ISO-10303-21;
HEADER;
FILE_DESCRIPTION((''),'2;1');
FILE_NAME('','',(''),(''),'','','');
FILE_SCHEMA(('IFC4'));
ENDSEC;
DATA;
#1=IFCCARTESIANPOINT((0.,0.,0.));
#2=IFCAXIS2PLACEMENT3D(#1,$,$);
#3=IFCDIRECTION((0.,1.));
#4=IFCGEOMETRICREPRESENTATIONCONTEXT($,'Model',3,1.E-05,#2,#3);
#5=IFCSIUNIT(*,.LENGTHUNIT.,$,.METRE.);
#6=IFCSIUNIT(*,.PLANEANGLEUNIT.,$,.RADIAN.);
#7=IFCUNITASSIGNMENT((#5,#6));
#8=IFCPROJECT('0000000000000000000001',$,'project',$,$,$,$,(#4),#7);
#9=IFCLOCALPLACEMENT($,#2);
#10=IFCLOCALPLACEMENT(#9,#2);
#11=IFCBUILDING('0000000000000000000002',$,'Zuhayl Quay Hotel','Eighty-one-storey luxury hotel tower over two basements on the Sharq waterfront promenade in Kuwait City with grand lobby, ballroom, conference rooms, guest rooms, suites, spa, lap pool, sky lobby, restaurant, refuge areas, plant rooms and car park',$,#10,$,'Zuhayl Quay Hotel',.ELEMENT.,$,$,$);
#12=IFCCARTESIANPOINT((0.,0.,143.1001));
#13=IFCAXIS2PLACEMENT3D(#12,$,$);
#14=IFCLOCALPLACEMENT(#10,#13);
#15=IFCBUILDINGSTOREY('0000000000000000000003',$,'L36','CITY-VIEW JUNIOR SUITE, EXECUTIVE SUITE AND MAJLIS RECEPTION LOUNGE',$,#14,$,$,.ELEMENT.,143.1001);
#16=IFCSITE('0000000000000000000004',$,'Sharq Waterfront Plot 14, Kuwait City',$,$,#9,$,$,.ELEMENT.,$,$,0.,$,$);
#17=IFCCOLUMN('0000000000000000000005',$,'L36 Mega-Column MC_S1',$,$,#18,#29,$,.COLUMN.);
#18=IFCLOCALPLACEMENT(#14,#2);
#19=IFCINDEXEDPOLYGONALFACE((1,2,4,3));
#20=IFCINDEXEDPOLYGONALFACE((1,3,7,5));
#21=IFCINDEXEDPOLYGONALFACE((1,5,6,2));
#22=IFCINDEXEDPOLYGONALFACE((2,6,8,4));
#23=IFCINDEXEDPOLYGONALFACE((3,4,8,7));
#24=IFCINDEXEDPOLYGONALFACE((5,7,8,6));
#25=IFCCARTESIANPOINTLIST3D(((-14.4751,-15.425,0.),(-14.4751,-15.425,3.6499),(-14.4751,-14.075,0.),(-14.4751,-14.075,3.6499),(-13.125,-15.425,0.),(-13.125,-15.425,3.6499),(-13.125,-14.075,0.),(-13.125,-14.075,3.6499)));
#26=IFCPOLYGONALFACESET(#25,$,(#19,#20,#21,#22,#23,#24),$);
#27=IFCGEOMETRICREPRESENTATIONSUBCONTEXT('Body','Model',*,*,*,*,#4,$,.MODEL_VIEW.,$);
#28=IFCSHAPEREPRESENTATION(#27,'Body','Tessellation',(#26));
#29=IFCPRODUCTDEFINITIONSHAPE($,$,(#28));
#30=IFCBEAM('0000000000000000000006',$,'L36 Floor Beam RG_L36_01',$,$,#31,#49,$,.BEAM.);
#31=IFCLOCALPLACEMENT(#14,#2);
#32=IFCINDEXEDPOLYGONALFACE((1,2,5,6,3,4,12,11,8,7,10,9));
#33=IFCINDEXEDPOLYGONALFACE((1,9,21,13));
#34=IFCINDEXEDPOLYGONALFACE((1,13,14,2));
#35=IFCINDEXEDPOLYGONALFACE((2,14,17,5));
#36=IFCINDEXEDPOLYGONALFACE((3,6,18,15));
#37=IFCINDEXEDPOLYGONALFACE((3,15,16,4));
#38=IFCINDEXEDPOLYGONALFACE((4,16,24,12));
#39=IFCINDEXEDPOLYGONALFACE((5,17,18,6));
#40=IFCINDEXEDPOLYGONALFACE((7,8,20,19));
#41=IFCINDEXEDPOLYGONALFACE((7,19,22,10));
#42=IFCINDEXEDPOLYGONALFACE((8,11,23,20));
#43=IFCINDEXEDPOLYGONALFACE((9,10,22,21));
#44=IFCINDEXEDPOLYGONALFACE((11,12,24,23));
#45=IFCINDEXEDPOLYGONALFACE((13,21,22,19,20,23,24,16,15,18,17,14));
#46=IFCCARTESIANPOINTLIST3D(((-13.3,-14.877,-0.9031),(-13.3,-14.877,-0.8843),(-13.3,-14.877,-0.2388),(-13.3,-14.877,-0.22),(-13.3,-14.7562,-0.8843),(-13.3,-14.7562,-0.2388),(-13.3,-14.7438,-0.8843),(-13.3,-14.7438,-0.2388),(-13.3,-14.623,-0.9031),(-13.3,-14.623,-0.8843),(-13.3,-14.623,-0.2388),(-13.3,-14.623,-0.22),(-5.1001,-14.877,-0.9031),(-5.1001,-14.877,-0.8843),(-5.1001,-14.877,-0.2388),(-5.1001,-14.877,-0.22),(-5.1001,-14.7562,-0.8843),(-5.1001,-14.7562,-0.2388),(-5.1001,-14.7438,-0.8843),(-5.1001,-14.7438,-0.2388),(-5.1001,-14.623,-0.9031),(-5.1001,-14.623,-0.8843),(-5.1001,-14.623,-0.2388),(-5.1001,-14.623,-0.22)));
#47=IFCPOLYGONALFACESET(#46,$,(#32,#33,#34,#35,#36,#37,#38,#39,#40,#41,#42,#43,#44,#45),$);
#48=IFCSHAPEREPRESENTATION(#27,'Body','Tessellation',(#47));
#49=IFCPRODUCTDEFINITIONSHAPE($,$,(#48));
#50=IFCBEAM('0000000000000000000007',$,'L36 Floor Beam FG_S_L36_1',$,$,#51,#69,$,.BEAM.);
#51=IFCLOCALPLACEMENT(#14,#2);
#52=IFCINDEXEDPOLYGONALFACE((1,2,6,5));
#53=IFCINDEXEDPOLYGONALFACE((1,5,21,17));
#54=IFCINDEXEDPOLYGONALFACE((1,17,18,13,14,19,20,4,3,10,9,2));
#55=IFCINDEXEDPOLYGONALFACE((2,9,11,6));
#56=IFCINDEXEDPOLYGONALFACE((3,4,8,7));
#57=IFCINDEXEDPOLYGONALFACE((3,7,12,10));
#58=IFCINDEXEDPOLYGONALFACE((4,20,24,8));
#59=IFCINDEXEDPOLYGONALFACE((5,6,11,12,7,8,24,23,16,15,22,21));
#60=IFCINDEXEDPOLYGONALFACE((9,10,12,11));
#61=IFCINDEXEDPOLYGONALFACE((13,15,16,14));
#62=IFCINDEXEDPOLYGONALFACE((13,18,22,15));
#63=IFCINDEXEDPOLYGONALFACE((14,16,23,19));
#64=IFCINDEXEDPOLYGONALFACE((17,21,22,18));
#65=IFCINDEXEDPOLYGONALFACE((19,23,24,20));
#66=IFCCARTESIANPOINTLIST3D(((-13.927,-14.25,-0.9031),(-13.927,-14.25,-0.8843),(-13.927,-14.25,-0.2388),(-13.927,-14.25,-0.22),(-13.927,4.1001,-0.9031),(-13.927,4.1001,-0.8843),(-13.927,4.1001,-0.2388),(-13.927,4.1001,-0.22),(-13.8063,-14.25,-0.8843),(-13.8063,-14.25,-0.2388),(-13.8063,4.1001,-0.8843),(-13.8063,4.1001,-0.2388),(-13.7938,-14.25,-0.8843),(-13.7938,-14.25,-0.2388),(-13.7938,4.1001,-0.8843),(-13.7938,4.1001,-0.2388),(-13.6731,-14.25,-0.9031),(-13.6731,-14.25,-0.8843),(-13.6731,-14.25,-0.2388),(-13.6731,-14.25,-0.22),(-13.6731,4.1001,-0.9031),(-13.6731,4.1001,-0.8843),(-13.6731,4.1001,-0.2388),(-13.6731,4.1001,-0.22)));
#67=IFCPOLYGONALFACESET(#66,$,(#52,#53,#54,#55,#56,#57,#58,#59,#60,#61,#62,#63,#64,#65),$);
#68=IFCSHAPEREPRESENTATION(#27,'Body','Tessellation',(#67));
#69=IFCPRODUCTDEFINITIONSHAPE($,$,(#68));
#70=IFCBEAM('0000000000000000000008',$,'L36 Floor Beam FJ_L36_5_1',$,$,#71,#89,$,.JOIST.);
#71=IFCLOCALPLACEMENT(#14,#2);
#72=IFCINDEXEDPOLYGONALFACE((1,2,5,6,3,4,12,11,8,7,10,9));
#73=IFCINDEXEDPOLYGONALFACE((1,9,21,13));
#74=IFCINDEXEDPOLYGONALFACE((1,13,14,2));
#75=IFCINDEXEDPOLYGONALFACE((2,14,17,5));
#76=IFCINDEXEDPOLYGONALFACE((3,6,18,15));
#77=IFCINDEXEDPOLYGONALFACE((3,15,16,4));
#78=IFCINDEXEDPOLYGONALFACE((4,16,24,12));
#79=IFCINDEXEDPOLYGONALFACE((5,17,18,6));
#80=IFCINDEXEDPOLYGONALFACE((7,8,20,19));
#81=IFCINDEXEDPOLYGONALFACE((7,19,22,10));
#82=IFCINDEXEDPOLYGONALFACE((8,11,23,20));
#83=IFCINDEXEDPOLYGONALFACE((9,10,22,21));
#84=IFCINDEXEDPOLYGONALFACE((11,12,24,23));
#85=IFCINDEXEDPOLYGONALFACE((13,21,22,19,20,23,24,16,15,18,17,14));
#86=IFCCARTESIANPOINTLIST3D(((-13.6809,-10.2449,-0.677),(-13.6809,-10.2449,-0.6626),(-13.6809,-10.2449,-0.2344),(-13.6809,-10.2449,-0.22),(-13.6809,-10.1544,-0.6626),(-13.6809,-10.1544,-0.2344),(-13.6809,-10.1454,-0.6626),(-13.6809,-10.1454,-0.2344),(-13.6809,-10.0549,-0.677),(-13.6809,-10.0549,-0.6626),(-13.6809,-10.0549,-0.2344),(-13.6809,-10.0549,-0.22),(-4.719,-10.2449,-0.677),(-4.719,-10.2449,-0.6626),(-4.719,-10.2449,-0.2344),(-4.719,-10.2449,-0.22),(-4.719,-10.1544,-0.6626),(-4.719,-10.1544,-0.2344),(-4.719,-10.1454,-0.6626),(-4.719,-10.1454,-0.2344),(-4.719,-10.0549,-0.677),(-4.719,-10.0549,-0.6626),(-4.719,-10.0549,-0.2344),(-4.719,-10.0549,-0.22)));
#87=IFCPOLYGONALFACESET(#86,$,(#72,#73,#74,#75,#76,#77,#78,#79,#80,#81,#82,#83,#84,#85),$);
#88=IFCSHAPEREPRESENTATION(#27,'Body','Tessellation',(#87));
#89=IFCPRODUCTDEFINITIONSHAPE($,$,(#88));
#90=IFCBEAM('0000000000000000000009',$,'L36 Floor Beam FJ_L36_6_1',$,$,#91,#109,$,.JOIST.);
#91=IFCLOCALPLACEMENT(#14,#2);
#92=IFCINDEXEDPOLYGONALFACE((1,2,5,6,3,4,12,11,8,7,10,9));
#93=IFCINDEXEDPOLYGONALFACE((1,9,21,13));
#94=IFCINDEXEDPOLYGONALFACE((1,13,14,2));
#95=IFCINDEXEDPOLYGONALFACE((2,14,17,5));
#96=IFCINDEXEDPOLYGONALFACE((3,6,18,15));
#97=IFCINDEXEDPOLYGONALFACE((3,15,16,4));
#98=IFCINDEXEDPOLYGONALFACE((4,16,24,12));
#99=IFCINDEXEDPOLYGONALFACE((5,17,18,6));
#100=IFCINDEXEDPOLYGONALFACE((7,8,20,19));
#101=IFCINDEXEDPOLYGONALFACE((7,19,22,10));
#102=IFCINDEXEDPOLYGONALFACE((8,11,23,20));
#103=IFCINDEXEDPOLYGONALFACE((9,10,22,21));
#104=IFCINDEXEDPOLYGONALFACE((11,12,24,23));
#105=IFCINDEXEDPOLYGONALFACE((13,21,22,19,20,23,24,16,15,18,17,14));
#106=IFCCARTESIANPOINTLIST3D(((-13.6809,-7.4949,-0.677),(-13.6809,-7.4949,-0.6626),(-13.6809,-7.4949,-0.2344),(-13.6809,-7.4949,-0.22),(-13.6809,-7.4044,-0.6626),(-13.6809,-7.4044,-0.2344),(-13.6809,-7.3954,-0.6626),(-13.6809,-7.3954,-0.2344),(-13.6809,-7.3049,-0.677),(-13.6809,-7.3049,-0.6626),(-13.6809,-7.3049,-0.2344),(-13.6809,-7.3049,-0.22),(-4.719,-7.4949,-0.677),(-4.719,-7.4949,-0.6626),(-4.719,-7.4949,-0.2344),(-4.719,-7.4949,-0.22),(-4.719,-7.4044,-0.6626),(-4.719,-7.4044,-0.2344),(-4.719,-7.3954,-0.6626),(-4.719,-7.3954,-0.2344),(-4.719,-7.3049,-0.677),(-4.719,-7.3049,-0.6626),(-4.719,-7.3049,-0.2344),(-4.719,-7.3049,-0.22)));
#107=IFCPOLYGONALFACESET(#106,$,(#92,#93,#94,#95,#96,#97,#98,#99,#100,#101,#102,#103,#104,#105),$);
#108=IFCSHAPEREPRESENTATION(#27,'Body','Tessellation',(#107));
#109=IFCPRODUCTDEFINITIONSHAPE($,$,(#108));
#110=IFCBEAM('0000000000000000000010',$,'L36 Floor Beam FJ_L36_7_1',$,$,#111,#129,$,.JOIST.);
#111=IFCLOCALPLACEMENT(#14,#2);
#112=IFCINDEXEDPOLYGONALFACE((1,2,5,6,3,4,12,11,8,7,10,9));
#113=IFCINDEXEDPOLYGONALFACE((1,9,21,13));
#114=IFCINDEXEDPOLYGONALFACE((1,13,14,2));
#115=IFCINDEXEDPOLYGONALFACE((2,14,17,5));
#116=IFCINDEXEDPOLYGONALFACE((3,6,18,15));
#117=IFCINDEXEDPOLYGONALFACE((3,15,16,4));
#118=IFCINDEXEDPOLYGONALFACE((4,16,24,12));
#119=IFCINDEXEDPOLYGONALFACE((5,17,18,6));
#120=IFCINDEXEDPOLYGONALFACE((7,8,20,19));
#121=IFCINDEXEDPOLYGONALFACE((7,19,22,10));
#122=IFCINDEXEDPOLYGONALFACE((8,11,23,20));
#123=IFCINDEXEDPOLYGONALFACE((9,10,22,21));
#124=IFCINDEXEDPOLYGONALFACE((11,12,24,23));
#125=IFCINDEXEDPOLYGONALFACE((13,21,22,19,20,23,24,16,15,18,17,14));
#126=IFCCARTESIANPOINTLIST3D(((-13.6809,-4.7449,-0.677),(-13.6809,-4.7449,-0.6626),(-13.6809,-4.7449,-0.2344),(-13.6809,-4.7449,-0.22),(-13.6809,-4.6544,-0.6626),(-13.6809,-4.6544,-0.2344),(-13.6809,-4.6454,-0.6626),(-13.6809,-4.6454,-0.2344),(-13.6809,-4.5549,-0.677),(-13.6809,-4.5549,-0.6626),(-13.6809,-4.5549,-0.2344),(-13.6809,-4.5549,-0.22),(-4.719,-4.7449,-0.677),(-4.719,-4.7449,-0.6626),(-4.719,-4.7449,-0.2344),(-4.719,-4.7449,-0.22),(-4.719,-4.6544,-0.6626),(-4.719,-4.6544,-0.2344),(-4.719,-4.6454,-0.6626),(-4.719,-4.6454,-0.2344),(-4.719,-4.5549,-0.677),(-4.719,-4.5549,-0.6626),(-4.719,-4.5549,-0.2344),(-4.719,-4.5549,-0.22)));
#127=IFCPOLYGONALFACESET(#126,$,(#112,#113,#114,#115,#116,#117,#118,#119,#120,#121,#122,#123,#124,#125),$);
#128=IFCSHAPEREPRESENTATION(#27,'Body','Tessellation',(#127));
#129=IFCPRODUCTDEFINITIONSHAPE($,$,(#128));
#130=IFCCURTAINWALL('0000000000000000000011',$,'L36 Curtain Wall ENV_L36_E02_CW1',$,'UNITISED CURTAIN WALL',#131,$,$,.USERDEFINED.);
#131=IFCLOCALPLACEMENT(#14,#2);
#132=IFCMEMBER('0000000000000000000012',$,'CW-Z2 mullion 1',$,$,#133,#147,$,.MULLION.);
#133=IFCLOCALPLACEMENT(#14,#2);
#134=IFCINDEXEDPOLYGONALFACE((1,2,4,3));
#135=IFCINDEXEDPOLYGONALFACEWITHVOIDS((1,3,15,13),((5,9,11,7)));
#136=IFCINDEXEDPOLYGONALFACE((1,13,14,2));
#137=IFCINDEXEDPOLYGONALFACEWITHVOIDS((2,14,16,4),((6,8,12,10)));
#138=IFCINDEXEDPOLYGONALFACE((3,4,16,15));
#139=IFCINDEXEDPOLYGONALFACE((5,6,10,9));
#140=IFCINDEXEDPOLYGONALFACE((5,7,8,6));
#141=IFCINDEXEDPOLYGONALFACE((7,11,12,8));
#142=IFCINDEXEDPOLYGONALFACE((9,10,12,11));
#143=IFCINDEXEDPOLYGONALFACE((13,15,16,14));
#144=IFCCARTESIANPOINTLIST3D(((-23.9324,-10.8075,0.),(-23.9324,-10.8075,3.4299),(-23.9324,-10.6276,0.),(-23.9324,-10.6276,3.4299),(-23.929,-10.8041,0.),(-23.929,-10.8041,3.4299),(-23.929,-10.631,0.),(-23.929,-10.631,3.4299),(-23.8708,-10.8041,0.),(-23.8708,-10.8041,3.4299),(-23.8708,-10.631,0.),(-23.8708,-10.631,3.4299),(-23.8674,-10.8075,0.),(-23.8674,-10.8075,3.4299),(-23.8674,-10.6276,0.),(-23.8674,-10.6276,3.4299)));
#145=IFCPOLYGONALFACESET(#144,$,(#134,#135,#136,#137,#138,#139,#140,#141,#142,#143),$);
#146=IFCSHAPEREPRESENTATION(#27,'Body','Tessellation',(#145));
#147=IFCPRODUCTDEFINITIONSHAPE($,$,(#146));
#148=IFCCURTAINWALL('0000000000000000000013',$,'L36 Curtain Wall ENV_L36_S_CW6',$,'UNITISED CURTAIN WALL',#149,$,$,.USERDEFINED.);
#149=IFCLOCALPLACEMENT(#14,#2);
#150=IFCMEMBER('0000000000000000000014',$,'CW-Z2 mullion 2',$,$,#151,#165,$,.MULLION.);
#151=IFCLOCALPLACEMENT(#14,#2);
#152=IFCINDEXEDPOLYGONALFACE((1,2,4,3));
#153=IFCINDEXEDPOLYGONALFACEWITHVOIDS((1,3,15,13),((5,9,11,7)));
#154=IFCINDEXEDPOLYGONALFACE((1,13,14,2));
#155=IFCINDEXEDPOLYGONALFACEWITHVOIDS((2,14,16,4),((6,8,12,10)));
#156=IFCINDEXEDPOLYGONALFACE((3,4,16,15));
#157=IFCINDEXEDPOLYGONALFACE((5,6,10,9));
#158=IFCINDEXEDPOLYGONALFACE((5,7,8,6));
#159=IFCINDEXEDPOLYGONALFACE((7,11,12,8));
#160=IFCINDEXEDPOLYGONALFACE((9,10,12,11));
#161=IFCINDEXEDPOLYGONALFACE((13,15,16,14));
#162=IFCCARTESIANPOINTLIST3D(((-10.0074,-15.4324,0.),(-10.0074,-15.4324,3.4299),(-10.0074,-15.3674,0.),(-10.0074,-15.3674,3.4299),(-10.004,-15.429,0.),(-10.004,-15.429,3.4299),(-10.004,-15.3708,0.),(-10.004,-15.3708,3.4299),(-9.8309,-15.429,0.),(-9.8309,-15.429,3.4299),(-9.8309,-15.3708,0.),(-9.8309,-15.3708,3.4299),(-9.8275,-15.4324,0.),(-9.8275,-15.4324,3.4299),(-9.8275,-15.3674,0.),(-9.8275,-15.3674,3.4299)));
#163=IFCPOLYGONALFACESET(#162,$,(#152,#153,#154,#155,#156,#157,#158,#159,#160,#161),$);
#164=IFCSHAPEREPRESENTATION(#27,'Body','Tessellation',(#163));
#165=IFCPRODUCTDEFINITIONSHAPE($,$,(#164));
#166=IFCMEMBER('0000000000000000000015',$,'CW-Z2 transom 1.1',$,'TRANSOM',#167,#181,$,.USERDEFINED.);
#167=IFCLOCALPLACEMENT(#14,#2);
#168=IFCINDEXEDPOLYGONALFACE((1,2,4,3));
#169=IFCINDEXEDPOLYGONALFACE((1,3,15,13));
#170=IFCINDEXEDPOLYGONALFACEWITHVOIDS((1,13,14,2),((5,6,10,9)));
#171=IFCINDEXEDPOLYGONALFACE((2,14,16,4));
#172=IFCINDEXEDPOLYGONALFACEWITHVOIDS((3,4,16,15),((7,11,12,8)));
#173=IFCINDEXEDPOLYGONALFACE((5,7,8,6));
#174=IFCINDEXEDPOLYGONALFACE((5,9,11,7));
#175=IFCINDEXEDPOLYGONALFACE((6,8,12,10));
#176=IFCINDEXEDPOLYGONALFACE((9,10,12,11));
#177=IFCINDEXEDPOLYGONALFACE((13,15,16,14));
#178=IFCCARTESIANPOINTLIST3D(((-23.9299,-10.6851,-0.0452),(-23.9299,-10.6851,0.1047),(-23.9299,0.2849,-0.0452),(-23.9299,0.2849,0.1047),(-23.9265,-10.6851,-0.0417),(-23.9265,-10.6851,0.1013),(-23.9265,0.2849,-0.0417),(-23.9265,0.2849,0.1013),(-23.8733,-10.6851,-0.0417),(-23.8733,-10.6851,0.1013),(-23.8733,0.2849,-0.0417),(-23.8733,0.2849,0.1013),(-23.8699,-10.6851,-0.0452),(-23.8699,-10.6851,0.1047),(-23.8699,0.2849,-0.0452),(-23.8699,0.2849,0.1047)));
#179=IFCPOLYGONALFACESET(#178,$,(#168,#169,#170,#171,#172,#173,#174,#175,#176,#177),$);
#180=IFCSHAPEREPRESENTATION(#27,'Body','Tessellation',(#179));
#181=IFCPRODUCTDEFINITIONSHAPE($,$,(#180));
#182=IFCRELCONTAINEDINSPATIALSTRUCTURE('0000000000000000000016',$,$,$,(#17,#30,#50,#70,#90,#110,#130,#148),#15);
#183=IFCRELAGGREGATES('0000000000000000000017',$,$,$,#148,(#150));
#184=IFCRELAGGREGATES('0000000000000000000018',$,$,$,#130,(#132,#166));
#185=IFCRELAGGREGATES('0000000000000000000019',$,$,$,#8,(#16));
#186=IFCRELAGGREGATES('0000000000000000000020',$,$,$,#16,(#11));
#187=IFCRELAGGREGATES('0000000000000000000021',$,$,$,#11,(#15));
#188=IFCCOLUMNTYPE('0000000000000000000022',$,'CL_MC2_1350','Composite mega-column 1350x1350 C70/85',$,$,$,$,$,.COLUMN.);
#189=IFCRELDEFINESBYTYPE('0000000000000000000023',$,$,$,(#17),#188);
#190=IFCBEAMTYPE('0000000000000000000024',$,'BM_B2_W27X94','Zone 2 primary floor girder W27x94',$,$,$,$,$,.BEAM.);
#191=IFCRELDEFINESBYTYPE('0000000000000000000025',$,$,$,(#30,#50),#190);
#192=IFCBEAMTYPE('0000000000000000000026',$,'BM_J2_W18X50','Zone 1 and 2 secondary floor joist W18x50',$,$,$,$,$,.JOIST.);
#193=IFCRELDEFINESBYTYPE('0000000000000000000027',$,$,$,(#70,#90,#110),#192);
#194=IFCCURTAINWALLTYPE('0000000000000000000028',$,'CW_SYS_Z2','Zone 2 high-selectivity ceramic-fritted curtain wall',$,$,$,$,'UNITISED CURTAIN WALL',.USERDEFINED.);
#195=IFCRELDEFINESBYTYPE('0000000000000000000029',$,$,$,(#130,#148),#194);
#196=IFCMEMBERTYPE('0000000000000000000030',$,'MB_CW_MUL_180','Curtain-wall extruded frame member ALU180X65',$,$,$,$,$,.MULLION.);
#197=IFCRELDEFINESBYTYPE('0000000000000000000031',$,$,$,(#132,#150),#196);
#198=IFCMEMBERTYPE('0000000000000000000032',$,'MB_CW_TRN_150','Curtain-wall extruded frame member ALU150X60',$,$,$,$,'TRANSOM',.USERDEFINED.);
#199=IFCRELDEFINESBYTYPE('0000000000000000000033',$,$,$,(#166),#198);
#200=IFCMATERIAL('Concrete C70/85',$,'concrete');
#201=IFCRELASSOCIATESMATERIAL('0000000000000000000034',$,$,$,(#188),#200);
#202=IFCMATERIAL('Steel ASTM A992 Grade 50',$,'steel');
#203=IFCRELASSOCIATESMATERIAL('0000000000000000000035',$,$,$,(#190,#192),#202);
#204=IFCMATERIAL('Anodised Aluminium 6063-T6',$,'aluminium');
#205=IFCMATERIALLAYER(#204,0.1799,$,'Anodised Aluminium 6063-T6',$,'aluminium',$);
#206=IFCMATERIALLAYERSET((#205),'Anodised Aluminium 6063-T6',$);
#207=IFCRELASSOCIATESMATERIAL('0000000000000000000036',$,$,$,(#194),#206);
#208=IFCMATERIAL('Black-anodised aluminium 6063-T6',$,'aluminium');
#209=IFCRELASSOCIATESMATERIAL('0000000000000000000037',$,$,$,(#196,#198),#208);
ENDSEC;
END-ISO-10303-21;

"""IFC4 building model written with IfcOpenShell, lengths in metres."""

from ifc_helpers import new_model, si_unit, direction, frame, origin, origin_2d, place, context, subcontext, project, spatial, rectangle, hollow_rectangle, i_section, extrude, material, layer, layer_set, material_profile, profile_set, type_object, element, aggregate, save


model = new_model("IFC4")

# Units and contexts
model_context = context("Model", 3, precision=1e-05, world=origin(), true_north=direction((0.0, 1.0)))
body_context = subcontext(model_context, "Body", "Model", "MODEL_VIEW")
ifc_project = project(units=[si_unit("LENGTHUNIT", "METRE"), si_unit("PLANEANGLEUNIT", "RADIAN")], contexts=[model_context])

# Site, building, storey
site_placement = place(None, origin())
site = spatial("IfcSite", under=ifc_project, at=site_placement, Name="Sharq Waterfront Plot 14, Kuwait City", CompositionType="ELEMENT", RefElevation=0.0)
building_placement = place(site_placement, origin())
building = spatial("IfcBuilding", under=site, at=building_placement, Name="Zuhayl Quay Hotel", Description="Eighty-one-storey luxury hotel tower over two basements on the Sharq waterfront promenade in Kuwait City with grand lobby, ballroom, conference rooms, guest rooms, suites, spa, lap pool, sky lobby, restaurant, refuge areas, plant rooms and car park", LongName="Zuhayl Quay Hotel", CompositionType="ELEMENT")
storey_placement = place(building_placement, frame((0.0, 0.0, 143.1001)))
storey = spatial("IfcBuildingStorey", under=building, at=storey_placement, Name="L36", Description="CITY-VIEW JUNIOR SUITE, EXECUTIVE SUITE AND MAJLIS RECEPTION LOUNGE", CompositionType="ELEMENT", Elevation=143.1001)

# Column
ifc_material_1 = material(Name="Concrete C70/85", Category="concrete")
ifc_material_profile_1 = material_profile(ifc_material_1, rectangle(XDim=1.3501, YDim=1.3501, at=origin_2d()), Name="RC1350X1350")
ifc_profile_set_1 = profile_set([ifc_material_profile_1], Name="Concrete C70/85")
column_type = type_object("IfcColumnType", Name="CL_MC2_1350", Description="Composite mega-column 1350x1350 C70/85", PredefinedType="COLUMN", material=ifc_profile_set_1)
column_placement = place(storey_placement, frame((-13.8, -14.75, 0.0), z_axis=(0.0, 0.0, 1.0), x_axis=(1.0, 0.0, 0.0)))
element("IfcColumn", 1, at=column_placement, inside=storey, type_object=column_type, Name="L36 Mega-Column MC_S1", PredefinedType="COLUMN", context=body_context, shape_type="SweptSolid", body=[
    extrude(rectangle(XDim=1.3501, YDim=1.3501, at=origin_2d()), origin(), (0.0, 0.0, 1.0), 3.6499),
])

# Beams
ifc_material_2 = material(Name="Steel ASTM A992 Grade 50", Category="steel")
ifc_material_profile_2 = material_profile(ifc_material_2, i_section(OverallWidth=0.2539, OverallDepth=0.6831, WebThickness=0.0125, FlangeThickness=0.0188, at=origin_2d()), Name="W27X94")
ifc_profile_set_2 = profile_set([ifc_material_profile_2], Name="Steel ASTM A992 Grade 50")
beam_type_1 = type_object("IfcBeamType", Name="BM_B2_W27X94", Description="Zone 2 primary floor girder W27x94", PredefinedType="BEAM", material=ifc_profile_set_2)
beam_1_placement = place(storey_placement, frame((-13.3, -14.75, -0.5615), z_axis=(1.0, 0.0, 0.0), x_axis=(0.0, 1.0, 0.0)))
element("IfcBeam", 2, at=beam_1_placement, inside=storey, type_object=beam_type_1, Name="L36 Floor Beam RG_L36_01", PredefinedType="BEAM", context=body_context, shape_type="SweptSolid", body=[
    extrude(i_section(OverallWidth=0.2539, OverallDepth=0.6831, WebThickness=0.0125, FlangeThickness=0.0188, at=origin_2d()), origin(), (0.0, 0.0, 1.0), 8.2),
])
beam_2_placement = place(storey_placement, frame((-13.8, -14.25, -0.5615), z_axis=(0.0, 1.0, 0.0), x_axis=(-1.0, 0.0, 0.0)))
element("IfcBeam", 3, at=beam_2_placement, inside=storey, type_object=beam_type_1, Name="L36 Floor Beam FG_S_L36_1", PredefinedType="BEAM", context=body_context, shape_type="SweptSolid", body=[
    extrude(i_section(OverallWidth=0.2539, OverallDepth=0.6831, WebThickness=0.0125, FlangeThickness=0.0188, at=origin_2d()), origin(), (0.0, 0.0, 1.0), 18.3501),
])
ifc_material_profile_3 = material_profile(ifc_material_2, i_section(OverallWidth=0.1899, OverallDepth=0.457, WebThickness=0.009, FlangeThickness=0.0144, at=origin_2d()), Name="W18X50")
ifc_profile_set_3 = profile_set([ifc_material_profile_3], Name="Steel ASTM A992 Grade 50")
beam_type_2 = type_object("IfcBeamType", Name="BM_J2_W18X50", Description="Zone 1 and 2 secondary floor joist W18x50", PredefinedType="JOIST", material=ifc_profile_set_3)
for number, where, z_axis, x_axis, name in (
    (4, (-13.6809, -10.1499, -0.4485), (1.0, 0.0, 0.0), (0.0, 1.0, 0.0), "L36 Floor Beam FJ_L36_5_1"),
    (5, (-13.6809, -7.3999, -0.4485), (1.0, 0.0, 0.0), (0.0, 1.0, 0.0), "L36 Floor Beam FJ_L36_6_1"),
    (6, (-13.6809, -4.6499, -0.4485), (1.0, 0.0, 0.0), (0.0, 1.0, 0.0), "L36 Floor Beam FJ_L36_7_1"),
):
    element("IfcBeam", number, at=place(storey_placement, frame(where, z_axis=z_axis, x_axis=x_axis)), inside=storey, type_object=beam_type_2, Name=name, PredefinedType="JOIST", context=body_context, shape_type="SweptSolid", body=[
        extrude(i_section(OverallWidth=0.1899, OverallDepth=0.457, WebThickness=0.009, FlangeThickness=0.0144, at=origin_2d()), origin(), (0.0, 0.0, 1.0), 8.9619),
    ])

# Curtain walls, members
ifc_material_3 = material(Name="Anodised Aluminium 6063-T6", Category="aluminium")
ifc_layer_1 = layer(ifc_material_3, 0.1799, Name="Anodised Aluminium 6063-T6", Category="aluminium")
ifc_layer_set_1 = layer_set([ifc_layer_1], Name="Anodised Aluminium 6063-T6")
curtain_wall_type = type_object("IfcCurtainWallType", Name="CW_SYS_Z2", Description="Zone 2 high-selectivity ceramic-fritted curtain wall", ElementType="UNITISED CURTAIN WALL", PredefinedType="USERDEFINED", material=ifc_layer_set_1)
curtain_wall_1_placement = place(storey_placement, origin())
curtain_wall_1 = element("IfcCurtainWall", 7, at=curtain_wall_1_placement, inside=storey, type_object=curtain_wall_type, Name="L36 Curtain Wall ENV_L36_E02_CW1", ObjectType="UNITISED CURTAIN WALL", PredefinedType="USERDEFINED")
ifc_material_4 = material(Name="Black-anodised aluminium 6063-T6", Category="aluminium")
ifc_material_profile_4 = material_profile(ifc_material_4, hollow_rectangle(XDim=0.0649, YDim=0.1799, WallThickness=0.0034, at=origin_2d()), Name="ALU180X65")
ifc_profile_set_4 = profile_set([ifc_material_profile_4], Name="Black-anodised aluminium 6063-T6")
member_type_1 = type_object("IfcMemberType", Name="MB_CW_MUL_180", Description="Curtain-wall extruded frame member ALU180X65", PredefinedType="MULLION", material=ifc_profile_set_4)
member_1_placement = place(storey_placement, frame((-23.8999, -10.7175, 0.0), z_axis=(0.0, 0.0, 1.0), x_axis=(-1.0, 0.0, 0.0)))
member_1 = element("IfcMember", 8, at=member_1_placement, type_object=member_type_1, Name="CW-Z2 mullion 1", PredefinedType="MULLION", context=body_context, shape_type="SweptSolid", body=[
    extrude(hollow_rectangle(XDim=0.0649, YDim=0.1799, WallThickness=0.0034, at=origin_2d()), origin(), (0.0, 0.0, 1.0), 3.4299),
])
curtain_wall_2_placement = place(storey_placement, origin())
curtain_wall_2 = element("IfcCurtainWall", 9, at=curtain_wall_2_placement, inside=storey, type_object=curtain_wall_type, Name="L36 Curtain Wall ENV_L36_S_CW6", ObjectType="UNITISED CURTAIN WALL", PredefinedType="USERDEFINED")
member_2_placement = place(storey_placement, frame((-9.9175, -15.3999, 0.0), z_axis=(0.0, 0.0, 1.0), x_axis=(0.0, -1.0, 0.0)))
member_2 = element("IfcMember", 10, at=member_2_placement, type_object=member_type_1, Name="CW-Z2 mullion 2", PredefinedType="MULLION", context=body_context, shape_type="SweptSolid", body=[
    extrude(hollow_rectangle(XDim=0.0649, YDim=0.1799, WallThickness=0.0034, at=origin_2d()), origin(), (0.0, 0.0, 1.0), 3.4299),
])
aggregate(curtain_wall_2, [member_2])

# Member
ifc_material_profile_5 = material_profile(ifc_material_4, hollow_rectangle(XDim=0.0601, YDim=0.1499, WallThickness=0.0034, at=origin_2d()), Name="ALU150X60")
ifc_profile_set_5 = profile_set([ifc_material_profile_5], Name="Black-anodised aluminium 6063-T6")
member_type_2 = type_object("IfcMemberType", Name="MB_CW_TRN_150", Description="Curtain-wall extruded frame member ALU150X60", ElementType="TRANSOM", PredefinedType="USERDEFINED", material=ifc_profile_set_5)
member_3_placement = place(storey_placement, frame((-23.8999, -10.6851, 0.0298), z_axis=(0.0, 1.0, 0.0), x_axis=(-1.0, 0.0, 0.0)))
member_3 = element("IfcMember", 11, at=member_3_placement, type_object=member_type_2, Name="CW-Z2 transom 1.1", ObjectType="TRANSOM", PredefinedType="USERDEFINED", context=body_context, shape_type="SweptSolid", body=[
    extrude(hollow_rectangle(XDim=0.0601, YDim=0.1499, WallThickness=0.0034, at=origin_2d()), origin(), (0.0, 0.0, 1.0), 10.97),
])

aggregate(curtain_wall_1, [member_1, member_3])

save(model, "model.ifc")
